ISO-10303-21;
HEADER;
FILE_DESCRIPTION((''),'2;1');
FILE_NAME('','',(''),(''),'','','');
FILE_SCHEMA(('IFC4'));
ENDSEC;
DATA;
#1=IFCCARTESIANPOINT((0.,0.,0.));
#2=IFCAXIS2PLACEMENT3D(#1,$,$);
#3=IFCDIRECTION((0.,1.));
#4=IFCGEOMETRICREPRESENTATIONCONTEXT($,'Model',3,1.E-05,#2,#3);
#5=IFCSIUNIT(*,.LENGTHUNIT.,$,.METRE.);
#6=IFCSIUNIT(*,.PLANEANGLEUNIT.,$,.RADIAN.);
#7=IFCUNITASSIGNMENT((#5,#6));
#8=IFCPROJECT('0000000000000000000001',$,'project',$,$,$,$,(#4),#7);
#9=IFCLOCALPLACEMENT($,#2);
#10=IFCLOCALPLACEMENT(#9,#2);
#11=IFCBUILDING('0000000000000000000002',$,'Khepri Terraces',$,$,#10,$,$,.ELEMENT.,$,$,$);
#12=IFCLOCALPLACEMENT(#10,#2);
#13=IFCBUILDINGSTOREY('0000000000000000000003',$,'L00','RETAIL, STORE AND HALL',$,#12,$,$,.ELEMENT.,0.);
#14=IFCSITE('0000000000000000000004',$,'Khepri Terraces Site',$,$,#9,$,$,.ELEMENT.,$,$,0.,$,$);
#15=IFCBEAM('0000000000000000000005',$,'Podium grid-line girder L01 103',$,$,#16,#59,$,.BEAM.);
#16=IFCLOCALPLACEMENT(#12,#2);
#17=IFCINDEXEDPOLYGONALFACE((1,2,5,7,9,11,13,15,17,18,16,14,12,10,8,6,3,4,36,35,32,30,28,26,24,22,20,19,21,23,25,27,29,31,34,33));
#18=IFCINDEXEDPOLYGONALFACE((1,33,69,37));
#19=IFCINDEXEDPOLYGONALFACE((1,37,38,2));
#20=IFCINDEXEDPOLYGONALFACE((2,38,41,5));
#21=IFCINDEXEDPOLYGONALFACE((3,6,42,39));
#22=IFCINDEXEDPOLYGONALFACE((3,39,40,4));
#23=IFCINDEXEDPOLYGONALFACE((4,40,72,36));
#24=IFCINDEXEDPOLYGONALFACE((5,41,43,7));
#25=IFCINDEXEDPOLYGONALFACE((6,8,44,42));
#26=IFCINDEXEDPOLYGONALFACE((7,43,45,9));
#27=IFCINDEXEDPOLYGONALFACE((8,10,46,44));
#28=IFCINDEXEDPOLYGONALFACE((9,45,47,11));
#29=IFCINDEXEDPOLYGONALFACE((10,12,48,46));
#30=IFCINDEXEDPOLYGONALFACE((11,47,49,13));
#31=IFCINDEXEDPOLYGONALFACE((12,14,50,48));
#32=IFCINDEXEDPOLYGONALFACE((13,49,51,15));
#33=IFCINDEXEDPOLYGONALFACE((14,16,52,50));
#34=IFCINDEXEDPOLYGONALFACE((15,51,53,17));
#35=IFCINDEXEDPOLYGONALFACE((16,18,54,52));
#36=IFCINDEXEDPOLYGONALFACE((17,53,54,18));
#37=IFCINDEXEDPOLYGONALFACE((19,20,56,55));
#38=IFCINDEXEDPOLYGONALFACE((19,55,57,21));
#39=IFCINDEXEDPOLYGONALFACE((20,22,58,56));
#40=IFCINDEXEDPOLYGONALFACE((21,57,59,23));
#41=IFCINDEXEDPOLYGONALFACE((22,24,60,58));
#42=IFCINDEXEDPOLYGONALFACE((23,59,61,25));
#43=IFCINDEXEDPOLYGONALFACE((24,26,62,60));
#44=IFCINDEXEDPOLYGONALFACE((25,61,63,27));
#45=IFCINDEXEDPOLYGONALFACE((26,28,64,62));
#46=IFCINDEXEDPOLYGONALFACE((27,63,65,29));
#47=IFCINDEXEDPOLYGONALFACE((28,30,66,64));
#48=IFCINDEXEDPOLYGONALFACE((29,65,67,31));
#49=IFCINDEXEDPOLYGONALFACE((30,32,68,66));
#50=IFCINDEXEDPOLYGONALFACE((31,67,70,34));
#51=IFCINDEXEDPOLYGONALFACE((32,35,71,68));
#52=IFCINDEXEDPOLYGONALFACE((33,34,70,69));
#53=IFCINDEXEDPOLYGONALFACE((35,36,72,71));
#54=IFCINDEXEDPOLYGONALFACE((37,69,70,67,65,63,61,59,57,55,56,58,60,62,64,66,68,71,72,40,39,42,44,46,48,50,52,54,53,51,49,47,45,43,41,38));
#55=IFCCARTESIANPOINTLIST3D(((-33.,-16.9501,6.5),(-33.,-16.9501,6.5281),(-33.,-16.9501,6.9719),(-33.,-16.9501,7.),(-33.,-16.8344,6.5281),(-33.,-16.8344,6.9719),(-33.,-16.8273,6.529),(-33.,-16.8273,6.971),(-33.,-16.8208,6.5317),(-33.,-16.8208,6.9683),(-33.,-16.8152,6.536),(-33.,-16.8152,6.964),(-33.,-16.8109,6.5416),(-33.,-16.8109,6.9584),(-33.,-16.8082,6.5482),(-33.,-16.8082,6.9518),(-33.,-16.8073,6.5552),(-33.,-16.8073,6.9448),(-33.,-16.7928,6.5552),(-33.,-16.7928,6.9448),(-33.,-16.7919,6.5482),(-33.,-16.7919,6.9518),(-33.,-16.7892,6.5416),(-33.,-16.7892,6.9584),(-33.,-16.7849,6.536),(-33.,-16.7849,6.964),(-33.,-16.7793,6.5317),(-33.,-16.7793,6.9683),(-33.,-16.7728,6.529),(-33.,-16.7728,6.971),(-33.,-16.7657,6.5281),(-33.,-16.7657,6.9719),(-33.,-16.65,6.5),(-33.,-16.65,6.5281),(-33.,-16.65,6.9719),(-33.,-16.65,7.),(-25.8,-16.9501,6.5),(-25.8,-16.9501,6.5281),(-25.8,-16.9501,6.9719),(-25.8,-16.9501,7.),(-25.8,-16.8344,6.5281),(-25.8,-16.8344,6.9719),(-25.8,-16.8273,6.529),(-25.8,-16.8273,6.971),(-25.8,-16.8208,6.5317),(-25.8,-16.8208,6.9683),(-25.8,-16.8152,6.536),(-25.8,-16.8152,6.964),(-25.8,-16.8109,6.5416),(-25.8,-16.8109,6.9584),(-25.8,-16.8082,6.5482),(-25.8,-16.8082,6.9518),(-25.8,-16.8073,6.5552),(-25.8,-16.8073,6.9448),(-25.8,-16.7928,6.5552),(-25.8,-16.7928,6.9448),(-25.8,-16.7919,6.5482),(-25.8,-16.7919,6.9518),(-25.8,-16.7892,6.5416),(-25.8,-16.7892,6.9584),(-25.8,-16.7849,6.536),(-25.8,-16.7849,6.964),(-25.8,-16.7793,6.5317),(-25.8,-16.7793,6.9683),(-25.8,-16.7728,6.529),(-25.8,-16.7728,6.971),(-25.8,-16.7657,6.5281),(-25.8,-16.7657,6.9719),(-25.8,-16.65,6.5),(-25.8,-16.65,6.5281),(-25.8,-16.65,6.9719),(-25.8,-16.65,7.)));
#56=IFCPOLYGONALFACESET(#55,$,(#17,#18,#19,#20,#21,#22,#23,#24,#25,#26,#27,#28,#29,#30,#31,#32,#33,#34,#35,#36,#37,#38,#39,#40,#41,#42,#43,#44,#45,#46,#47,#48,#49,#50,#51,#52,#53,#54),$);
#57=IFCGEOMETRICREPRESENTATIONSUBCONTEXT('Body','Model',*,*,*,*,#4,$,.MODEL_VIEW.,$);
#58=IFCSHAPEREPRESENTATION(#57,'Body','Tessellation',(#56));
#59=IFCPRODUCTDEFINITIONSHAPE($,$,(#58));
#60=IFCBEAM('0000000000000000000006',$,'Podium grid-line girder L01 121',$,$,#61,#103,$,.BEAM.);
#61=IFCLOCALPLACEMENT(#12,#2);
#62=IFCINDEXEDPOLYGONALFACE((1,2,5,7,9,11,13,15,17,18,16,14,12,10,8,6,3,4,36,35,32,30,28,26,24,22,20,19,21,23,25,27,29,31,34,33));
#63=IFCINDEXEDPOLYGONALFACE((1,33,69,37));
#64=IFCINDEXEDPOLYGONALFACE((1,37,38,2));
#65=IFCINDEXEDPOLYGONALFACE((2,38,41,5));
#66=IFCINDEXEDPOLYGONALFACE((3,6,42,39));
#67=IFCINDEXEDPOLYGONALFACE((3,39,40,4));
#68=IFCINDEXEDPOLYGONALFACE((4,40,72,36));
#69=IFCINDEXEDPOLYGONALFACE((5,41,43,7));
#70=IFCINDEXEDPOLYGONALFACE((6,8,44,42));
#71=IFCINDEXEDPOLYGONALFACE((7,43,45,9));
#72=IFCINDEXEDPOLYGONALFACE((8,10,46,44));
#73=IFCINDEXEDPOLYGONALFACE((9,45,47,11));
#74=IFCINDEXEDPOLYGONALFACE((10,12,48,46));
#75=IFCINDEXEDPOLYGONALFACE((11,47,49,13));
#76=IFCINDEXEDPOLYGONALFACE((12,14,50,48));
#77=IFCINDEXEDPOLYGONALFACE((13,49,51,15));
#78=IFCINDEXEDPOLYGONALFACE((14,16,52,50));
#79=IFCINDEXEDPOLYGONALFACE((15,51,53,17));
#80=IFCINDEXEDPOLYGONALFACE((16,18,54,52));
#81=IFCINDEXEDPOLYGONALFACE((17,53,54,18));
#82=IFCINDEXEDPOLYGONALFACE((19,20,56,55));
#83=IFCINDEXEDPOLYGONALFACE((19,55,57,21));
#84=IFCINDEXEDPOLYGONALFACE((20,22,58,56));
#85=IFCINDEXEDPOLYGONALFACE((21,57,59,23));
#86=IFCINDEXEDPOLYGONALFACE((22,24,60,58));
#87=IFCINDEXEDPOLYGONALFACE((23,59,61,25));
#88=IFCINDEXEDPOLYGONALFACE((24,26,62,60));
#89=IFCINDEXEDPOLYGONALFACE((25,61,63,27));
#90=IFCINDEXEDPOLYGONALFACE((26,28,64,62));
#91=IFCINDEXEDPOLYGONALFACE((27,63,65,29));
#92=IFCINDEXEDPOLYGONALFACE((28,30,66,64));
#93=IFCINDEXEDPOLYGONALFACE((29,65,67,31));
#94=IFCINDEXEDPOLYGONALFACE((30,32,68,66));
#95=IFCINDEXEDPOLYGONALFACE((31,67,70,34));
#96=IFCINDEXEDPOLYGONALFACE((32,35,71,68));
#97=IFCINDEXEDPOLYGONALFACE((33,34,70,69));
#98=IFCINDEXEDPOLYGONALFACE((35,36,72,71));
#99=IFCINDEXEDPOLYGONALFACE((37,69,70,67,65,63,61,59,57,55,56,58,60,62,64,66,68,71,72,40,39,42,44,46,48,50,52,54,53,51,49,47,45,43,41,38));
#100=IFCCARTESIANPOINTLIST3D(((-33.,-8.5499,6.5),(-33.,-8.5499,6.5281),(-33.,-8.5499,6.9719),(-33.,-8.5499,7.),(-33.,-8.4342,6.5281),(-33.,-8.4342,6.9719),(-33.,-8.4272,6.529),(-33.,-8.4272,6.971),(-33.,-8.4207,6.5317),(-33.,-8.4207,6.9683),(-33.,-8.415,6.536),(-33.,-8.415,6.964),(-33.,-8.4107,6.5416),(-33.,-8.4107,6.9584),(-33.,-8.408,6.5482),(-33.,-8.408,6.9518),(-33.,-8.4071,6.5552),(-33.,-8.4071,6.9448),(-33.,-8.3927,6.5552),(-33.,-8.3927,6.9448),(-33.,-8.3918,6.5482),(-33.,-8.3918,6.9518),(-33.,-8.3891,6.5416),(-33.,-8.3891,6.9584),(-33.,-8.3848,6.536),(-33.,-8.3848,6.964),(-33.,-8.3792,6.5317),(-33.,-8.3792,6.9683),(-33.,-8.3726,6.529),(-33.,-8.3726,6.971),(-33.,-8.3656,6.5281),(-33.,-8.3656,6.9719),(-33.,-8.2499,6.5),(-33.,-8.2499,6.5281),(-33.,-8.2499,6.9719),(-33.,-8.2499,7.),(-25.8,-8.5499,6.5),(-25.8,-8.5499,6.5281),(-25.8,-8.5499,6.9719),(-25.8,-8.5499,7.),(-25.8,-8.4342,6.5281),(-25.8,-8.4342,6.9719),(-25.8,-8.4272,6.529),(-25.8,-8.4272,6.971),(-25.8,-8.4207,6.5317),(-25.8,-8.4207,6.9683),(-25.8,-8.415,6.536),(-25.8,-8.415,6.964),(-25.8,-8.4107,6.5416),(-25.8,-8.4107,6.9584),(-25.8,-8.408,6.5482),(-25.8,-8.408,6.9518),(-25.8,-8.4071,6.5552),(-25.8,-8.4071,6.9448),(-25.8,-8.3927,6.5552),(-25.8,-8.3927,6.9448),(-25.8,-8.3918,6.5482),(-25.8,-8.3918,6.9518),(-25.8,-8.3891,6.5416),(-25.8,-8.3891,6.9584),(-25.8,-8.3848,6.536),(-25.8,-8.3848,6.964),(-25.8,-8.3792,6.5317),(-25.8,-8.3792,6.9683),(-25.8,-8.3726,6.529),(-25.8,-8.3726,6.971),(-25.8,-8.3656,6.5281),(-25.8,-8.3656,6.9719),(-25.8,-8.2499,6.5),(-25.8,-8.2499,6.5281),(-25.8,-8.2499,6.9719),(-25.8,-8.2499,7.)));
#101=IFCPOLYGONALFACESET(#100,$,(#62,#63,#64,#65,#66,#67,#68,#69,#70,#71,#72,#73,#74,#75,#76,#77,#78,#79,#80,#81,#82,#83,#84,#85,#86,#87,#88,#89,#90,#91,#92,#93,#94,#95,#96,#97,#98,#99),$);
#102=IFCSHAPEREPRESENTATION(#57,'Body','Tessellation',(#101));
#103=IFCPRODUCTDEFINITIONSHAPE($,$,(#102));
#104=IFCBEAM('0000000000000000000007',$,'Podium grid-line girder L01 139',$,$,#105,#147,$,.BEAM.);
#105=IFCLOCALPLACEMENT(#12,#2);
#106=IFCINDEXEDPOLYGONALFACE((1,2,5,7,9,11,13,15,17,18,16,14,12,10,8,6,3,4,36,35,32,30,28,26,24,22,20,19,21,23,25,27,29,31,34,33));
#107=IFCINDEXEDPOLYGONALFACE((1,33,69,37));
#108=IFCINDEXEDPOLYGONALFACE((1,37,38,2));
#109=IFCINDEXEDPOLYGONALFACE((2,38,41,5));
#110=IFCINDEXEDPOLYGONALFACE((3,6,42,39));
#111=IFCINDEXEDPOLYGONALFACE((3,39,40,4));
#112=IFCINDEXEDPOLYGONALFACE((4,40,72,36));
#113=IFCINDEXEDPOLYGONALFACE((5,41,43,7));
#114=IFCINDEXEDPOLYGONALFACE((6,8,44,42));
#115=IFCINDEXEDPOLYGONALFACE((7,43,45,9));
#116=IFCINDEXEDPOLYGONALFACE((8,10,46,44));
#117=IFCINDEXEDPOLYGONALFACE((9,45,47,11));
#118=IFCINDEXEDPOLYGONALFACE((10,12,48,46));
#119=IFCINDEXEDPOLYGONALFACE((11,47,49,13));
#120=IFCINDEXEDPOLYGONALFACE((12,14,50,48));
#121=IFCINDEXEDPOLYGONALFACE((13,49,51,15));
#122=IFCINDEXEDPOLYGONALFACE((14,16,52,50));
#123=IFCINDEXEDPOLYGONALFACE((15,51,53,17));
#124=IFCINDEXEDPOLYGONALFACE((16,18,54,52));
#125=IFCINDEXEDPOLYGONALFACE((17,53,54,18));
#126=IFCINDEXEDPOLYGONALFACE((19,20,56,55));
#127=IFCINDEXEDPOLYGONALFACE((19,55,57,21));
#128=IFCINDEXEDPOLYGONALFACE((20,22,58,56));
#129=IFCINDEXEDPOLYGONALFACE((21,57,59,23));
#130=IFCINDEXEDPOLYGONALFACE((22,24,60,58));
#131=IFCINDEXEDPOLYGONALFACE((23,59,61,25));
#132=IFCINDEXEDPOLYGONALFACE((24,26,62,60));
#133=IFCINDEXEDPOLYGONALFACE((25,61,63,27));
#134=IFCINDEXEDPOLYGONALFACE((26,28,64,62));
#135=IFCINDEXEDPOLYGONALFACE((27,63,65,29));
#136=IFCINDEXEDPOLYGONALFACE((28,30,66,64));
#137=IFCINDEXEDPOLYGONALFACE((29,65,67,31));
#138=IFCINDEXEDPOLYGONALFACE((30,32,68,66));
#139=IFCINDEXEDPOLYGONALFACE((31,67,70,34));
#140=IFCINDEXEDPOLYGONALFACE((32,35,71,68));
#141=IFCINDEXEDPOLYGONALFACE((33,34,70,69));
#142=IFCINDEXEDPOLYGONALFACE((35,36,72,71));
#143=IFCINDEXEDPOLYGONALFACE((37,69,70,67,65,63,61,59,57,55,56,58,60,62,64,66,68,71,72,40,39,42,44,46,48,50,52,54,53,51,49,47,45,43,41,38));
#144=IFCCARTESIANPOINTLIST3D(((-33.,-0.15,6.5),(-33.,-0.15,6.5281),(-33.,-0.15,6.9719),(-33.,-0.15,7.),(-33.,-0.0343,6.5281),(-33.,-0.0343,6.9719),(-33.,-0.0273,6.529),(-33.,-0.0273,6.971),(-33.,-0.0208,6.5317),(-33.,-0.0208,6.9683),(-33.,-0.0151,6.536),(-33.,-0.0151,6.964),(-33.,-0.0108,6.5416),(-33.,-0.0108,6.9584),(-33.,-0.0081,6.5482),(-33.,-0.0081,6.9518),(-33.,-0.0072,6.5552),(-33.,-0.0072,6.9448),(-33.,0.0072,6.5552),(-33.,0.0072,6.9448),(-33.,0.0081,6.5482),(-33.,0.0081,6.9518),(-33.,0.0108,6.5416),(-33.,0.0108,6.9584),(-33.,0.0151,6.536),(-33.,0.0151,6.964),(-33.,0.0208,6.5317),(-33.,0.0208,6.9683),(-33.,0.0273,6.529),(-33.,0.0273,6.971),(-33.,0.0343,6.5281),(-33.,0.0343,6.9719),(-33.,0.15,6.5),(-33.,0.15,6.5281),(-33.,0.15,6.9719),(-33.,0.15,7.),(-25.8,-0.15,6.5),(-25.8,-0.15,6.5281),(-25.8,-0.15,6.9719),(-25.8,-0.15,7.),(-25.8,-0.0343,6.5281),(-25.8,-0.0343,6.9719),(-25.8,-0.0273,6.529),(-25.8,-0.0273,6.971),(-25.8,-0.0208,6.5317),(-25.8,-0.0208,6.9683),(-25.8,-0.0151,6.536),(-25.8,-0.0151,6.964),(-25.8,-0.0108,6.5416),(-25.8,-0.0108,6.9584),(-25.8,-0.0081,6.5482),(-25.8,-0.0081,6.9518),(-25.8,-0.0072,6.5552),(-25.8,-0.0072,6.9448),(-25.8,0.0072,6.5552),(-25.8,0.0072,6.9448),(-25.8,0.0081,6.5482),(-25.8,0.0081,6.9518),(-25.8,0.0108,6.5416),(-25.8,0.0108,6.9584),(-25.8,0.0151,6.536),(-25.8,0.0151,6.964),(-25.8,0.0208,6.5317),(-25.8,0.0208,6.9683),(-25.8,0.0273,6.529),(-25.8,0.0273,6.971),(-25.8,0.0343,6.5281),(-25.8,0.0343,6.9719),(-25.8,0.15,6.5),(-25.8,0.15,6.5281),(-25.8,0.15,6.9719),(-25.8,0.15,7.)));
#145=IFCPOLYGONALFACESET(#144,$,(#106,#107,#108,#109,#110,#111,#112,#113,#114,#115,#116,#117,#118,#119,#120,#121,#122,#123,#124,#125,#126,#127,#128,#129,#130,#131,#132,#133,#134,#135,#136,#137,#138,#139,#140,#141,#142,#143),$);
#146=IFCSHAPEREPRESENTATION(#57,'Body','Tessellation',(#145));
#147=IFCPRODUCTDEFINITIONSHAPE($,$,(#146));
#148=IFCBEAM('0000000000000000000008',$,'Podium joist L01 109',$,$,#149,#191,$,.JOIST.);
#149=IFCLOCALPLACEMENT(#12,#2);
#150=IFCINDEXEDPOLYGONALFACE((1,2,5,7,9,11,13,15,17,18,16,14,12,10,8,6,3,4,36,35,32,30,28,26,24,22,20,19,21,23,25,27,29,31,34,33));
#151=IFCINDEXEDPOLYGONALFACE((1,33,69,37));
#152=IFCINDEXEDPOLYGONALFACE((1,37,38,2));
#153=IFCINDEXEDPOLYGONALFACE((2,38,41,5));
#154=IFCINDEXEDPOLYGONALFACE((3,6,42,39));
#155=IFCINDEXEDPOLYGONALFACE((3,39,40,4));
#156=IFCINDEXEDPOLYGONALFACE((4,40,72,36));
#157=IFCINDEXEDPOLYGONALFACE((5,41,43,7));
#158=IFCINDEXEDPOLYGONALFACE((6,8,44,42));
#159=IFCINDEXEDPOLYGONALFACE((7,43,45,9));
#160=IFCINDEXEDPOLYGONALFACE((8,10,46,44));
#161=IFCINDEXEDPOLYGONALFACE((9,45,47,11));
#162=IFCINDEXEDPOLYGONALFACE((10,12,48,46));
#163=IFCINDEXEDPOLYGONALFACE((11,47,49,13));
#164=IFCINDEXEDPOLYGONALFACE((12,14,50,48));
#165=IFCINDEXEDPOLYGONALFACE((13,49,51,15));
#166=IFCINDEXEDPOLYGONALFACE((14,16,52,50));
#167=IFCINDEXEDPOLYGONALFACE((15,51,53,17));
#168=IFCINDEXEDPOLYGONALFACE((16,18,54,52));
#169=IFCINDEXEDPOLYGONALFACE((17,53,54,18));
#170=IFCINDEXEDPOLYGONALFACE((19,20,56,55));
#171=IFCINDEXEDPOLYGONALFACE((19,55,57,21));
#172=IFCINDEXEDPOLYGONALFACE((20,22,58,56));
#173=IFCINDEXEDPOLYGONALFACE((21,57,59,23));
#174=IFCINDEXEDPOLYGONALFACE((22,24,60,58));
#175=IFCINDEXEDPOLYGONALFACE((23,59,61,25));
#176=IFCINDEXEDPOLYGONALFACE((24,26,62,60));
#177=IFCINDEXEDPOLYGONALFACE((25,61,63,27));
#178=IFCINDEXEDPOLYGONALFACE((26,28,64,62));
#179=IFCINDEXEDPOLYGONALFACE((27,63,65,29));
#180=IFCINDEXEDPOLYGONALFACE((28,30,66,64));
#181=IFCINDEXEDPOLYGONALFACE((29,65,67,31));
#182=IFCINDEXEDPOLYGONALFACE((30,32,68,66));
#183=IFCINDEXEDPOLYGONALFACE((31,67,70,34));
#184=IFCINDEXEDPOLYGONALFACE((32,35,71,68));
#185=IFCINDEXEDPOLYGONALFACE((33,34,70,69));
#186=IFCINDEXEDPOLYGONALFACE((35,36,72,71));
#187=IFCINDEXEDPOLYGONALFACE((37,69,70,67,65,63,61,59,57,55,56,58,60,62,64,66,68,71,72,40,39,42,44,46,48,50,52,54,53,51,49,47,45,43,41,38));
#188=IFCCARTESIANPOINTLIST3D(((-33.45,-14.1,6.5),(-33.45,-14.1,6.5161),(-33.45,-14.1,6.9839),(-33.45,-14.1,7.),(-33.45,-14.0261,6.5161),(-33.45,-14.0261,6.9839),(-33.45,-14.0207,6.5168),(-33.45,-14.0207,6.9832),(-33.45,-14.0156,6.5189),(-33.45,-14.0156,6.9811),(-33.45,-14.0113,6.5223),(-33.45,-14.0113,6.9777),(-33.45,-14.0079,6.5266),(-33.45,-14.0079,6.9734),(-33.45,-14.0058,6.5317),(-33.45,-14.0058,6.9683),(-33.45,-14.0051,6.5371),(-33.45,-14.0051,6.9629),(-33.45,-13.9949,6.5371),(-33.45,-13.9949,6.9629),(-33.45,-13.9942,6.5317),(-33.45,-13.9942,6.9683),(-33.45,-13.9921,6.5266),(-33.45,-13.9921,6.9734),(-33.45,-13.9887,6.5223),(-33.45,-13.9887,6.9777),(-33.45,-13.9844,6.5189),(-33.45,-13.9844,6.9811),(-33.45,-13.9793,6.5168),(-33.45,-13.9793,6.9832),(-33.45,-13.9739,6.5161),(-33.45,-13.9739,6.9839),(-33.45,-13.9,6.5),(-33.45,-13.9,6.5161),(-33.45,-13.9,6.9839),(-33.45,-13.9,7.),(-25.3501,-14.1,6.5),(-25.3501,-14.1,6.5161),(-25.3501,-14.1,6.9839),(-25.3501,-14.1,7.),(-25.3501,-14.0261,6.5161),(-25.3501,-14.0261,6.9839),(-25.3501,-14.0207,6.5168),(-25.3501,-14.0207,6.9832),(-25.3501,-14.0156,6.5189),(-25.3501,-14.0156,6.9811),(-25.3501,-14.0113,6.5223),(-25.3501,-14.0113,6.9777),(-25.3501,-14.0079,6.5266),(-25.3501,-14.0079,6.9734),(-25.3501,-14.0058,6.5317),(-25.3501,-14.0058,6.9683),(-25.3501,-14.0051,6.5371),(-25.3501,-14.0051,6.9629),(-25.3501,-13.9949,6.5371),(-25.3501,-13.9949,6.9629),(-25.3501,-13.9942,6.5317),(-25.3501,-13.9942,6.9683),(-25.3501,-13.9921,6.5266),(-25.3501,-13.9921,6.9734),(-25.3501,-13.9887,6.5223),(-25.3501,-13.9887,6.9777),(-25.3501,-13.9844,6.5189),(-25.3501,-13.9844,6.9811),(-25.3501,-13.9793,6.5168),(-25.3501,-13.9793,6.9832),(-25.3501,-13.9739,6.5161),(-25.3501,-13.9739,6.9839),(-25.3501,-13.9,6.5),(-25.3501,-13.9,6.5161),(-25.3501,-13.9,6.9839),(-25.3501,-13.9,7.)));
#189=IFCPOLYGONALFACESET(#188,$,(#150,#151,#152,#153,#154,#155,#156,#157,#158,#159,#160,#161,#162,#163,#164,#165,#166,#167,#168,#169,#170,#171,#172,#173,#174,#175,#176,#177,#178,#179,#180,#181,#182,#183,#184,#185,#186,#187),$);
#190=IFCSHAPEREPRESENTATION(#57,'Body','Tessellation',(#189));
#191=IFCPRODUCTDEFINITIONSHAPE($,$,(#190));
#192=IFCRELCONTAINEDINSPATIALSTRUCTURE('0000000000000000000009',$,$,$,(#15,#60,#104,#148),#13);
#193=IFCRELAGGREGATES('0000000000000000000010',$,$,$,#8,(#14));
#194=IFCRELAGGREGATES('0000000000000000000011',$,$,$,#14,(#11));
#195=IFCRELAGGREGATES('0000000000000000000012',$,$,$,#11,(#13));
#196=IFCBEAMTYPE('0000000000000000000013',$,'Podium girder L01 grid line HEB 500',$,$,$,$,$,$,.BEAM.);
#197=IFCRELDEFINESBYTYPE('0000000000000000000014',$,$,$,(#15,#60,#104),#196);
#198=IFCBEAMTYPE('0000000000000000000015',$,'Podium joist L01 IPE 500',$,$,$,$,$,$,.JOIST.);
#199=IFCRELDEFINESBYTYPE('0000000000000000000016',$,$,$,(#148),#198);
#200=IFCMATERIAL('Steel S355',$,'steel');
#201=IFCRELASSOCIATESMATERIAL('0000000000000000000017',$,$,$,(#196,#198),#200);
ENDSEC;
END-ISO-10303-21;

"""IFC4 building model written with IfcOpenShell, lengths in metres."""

from ifc_helpers import new_model, si_unit, direction, frame, origin, origin_2d, place, context, subcontext, project, spatial, i_section, extrude, material, material_profile, profile_set, type_object, element, save


model = new_model("IFC4")

# Units and contexts
model_context = context("Model", 3, precision=1e-05, world=origin(), true_north=direction((0.0, 1.0)))
body_context = subcontext(model_context, "Body", "Model", "MODEL_VIEW")
ifc_project = project(units=[si_unit("LENGTHUNIT", "METRE"), si_unit("PLANEANGLEUNIT", "RADIAN")], contexts=[model_context])

# Site, building, storey
site_placement = place(None, origin())
site = spatial("IfcSite", under=ifc_project, at=site_placement, Name="Khepri Terraces Site", CompositionType="ELEMENT", RefElevation=0.0)
building_placement = place(site_placement, origin())
building = spatial("IfcBuilding", under=site, at=building_placement, Name="Khepri Terraces", CompositionType="ELEMENT")
storey_placement = place(building_placement, origin())
storey = spatial("IfcBuildingStorey", under=building, at=storey_placement, Name="L00", Description="RETAIL, STORE AND HALL", CompositionType="ELEMENT", Elevation=0.0)

# Beams
ifc_material_1 = material(Name="Steel S355", Category="steel")
ifc_material_profile_1 = material_profile(ifc_material_1, i_section(OverallWidth=0.3, OverallDepth=0.5, WebThickness=0.0144, FlangeThickness=0.0281, FilletRadius=0.0271, at=origin_2d()), Name="Steel S355", Category="steel")
ifc_profile_set_1 = profile_set([ifc_material_profile_1], Name="Steel S355")
beam_type_1 = type_object("IfcBeamType", Name="Podium girder L01 grid line HEB 500", PredefinedType="BEAM", material=ifc_profile_set_1)
for number, where, z_axis, x_axis, name in (
    (1, (-33.0, -16.8, 6.75), (1.0, 0.0, 0.0), (0.0, 1.0, 0.0), "Podium grid-line girder L01 103"),
    (2, (-33.0, -8.3999, 6.75), (1.0, 0.0, 0.0), (0.0, 1.0, 0.0), "Podium grid-line girder L01 121"),
    (3, (-33.0, 0.0, 6.75), (1.0, 0.0, 0.0), (0.0, 1.0, 0.0), "Podium grid-line girder L01 139"),
):
    element("IfcBeam", number, at=place(storey_placement, frame(where, z_axis=z_axis, x_axis=x_axis)), inside=storey, type_object=beam_type_1, Name=name, PredefinedType="BEAM", context=body_context, shape_type="SweptSolid", body=[
        extrude(i_section(OverallWidth=0.3, OverallDepth=0.5, WebThickness=0.0144, FlangeThickness=0.0281, FilletRadius=0.0271, at=origin_2d()), origin(), (0.0, 0.0, 1.0), 7.2),
    ])
ifc_material_profile_2 = material_profile(ifc_material_1, i_section(OverallWidth=0.2, OverallDepth=0.5, WebThickness=0.0103, FlangeThickness=0.0161, FilletRadius=0.021, at=origin_2d()), Name="Steel S355", Category="steel")
ifc_profile_set_2 = profile_set([ifc_material_profile_2], Name="Steel S355")
beam_type_2 = type_object("IfcBeamType", Name="Podium joist L01 IPE 500", PredefinedType="JOIST", material=ifc_profile_set_2)
for number, where, z_axis, x_axis, name in (
    (4, (-33.45, -14.0, 6.75), (1.0, 0.0, 0.0), (0.0, 1.0, 0.0), "Podium joist L01 109"),
):
    element("IfcBeam", number, at=place(storey_placement, frame(where, z_axis=z_axis, x_axis=x_axis)), inside=storey, type_object=beam_type_2, Name=name, PredefinedType="JOIST", context=body_context, shape_type="SweptSolid", body=[
        extrude(i_section(OverallWidth=0.2, OverallDepth=0.5, WebThickness=0.0103, FlangeThickness=0.0161, FilletRadius=0.021, at=origin_2d()), origin(), (0.0, 0.0, 1.0), 8.0999),
    ])

save(model, "model.ifc")
